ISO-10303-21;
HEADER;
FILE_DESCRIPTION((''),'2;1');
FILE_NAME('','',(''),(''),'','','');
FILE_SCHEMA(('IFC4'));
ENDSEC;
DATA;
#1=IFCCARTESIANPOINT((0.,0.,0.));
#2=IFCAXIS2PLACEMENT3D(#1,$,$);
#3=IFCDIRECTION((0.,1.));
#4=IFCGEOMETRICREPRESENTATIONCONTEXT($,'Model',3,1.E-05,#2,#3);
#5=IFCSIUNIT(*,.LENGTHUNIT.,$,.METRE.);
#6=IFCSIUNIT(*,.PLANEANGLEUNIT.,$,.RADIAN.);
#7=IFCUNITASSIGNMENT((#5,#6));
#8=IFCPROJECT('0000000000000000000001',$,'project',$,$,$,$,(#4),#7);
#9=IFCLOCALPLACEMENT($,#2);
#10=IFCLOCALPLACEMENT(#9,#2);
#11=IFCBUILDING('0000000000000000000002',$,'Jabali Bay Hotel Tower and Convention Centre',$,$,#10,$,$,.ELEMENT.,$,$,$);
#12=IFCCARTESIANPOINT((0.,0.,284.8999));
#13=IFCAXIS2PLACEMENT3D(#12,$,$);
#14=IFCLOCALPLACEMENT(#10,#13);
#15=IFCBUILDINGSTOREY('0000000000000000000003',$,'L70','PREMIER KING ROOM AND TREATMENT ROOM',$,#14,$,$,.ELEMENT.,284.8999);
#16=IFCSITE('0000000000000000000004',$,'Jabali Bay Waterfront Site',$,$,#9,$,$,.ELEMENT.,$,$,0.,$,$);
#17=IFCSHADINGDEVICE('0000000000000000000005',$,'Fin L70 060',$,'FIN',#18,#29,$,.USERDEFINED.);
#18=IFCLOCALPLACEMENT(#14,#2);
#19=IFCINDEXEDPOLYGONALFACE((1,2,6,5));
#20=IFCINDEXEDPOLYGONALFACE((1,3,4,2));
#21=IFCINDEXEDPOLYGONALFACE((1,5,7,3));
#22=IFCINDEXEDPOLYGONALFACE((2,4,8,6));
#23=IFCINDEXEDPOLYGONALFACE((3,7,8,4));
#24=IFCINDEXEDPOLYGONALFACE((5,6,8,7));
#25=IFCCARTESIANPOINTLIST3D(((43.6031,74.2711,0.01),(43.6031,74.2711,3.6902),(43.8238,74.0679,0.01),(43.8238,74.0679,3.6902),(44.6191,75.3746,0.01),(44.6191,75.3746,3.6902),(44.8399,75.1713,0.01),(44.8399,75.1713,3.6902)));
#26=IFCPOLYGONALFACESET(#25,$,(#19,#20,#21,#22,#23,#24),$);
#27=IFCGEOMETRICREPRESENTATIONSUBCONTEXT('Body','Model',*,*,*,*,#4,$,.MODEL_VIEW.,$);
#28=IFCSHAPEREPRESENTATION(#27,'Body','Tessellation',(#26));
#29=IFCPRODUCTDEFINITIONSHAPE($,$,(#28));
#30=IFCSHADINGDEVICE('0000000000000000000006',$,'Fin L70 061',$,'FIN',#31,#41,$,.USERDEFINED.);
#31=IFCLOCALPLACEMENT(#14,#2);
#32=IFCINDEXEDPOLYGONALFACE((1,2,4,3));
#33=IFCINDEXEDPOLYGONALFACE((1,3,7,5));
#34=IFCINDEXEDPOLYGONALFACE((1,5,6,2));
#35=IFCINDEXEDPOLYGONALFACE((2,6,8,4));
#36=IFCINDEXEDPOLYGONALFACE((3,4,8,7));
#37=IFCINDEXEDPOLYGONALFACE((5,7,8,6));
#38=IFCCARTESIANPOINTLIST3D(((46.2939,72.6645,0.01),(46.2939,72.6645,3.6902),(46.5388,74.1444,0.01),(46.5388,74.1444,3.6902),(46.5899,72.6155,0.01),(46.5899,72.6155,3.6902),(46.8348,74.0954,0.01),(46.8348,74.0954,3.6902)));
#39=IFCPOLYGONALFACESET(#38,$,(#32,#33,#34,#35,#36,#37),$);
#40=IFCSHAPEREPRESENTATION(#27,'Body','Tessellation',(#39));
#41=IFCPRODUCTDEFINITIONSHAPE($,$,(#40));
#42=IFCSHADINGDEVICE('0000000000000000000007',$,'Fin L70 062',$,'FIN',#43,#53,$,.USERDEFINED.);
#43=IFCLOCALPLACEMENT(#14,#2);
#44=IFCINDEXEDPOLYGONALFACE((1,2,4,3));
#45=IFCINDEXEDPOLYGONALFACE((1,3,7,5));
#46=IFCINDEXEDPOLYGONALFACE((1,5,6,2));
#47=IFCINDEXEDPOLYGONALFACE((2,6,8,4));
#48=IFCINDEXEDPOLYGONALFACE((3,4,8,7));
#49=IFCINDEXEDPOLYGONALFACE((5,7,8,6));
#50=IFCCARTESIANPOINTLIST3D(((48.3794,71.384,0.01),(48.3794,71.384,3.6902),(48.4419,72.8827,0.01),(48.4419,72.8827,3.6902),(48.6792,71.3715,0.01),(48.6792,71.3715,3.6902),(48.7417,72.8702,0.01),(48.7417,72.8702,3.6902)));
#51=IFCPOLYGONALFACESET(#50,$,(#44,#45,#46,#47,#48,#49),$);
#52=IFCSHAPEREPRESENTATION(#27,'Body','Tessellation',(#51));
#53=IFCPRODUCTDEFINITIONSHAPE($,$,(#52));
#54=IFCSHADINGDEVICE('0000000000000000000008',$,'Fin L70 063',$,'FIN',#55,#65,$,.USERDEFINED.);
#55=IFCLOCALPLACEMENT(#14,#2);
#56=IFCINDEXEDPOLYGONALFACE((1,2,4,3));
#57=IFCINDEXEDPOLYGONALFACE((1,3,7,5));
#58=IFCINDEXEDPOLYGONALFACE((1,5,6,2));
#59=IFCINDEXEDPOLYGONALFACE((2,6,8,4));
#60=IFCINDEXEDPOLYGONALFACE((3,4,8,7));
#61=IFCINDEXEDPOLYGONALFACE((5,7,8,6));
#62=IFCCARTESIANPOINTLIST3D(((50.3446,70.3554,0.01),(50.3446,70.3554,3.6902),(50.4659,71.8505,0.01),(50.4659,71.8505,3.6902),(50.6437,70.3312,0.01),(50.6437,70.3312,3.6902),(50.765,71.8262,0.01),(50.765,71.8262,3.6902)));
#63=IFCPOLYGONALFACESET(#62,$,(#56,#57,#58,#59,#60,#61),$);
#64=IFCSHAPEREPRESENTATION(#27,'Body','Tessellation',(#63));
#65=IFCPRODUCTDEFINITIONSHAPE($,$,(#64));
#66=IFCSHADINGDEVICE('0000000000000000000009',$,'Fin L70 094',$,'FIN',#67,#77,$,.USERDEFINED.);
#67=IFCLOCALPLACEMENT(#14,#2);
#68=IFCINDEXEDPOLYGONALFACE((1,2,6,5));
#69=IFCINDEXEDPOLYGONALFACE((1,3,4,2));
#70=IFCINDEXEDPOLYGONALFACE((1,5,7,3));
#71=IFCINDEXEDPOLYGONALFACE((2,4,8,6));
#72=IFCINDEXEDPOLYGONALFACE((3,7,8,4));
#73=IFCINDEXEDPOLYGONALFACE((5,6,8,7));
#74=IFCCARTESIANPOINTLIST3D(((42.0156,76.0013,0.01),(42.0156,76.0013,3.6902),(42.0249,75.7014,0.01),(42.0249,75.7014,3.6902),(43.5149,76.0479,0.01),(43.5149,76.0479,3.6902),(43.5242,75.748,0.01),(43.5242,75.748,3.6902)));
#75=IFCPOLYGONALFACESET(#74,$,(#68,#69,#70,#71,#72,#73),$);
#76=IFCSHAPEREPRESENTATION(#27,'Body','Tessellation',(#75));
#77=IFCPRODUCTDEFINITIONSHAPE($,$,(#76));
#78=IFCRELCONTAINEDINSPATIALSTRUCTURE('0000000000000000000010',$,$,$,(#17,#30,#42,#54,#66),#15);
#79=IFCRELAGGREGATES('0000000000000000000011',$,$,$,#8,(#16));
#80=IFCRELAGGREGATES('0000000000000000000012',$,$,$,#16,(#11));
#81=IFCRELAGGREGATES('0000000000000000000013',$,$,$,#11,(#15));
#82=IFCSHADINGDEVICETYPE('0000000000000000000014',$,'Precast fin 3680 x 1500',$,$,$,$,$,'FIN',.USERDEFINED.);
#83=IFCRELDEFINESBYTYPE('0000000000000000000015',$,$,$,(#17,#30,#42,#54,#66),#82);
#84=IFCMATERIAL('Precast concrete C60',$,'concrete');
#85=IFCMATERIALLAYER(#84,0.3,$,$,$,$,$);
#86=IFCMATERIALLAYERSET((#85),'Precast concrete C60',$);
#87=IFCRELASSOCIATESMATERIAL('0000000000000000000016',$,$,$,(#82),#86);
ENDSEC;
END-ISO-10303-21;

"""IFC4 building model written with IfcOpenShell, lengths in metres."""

from ifc_helpers import new_model, si_unit, direction, frame, frame_2d, origin, place, context, subcontext, project, spatial, rectangle, extrude, material, layer, layer_set, type_object, element, save


model = new_model("IFC4")

# Units and contexts
model_context = context("Model", 3, precision=1e-05, world=origin(), true_north=direction((0.0, 1.0)))
body_context = subcontext(model_context, "Body", "Model", "MODEL_VIEW")
ifc_project = project(units=[si_unit("LENGTHUNIT", "METRE"), si_unit("PLANEANGLEUNIT", "RADIAN")], contexts=[model_context])

# Site, building, storey
site_placement = place(None, origin())
site = spatial("IfcSite", under=ifc_project, at=site_placement, Name="Jabali Bay Waterfront Site", CompositionType="ELEMENT", RefElevation=0.0)
building_placement = place(site_placement, origin())
building = spatial("IfcBuilding", under=site, at=building_placement, Name="Jabali Bay Hotel Tower and Convention Centre", CompositionType="ELEMENT")
storey_placement = place(building_placement, frame((0.0, 0.0, 284.8999)))
storey = spatial("IfcBuildingStorey", under=building, at=storey_placement, Name="L70", Description="PREMIER KING ROOM AND TREATMENT ROOM", CompositionType="ELEMENT", Elevation=284.8999)

# Shading devices
ifc_material_1 = material(Name="Precast concrete C60", Category="concrete")
ifc_layer_1 = layer(ifc_material_1, 0.3)
ifc_layer_set_1 = layer_set([ifc_layer_1], Name="Precast concrete C60")
shading_device_type_1 = type_object("IfcShadingDeviceType", Name="Precast fin 3680 x 1500", ElementType="FIN", PredefinedType="USERDEFINED", material=ifc_layer_set_1)
for number, where, z_axis, x_axis, name in (
    (1, (44.7295, 75.2729, 0.01), (0.0, 0.0, 1.0), (-0.677374, -0.735639, 0.0), "Fin L70 060"),
    (2, (46.6868, 74.1199, 0.01), (0.0, 0.0, 1.0), (-0.163238, -0.986587, 0.0), "Fin L70 061"),
    (3, (48.5918, 72.8765, 0.01), (0.0, 0.0, 1.0), (-0.041664, -0.999132, 0.0), "Fin L70 062"),
    (4, (50.6155, 71.8384, 0.01), (0.0, 0.0, 1.0), (-0.08089, -0.996723, 0.0), "Fin L70 063"),
    (5, (43.5195, 75.8979, 0.01), (0.0, 0.0, 1.0), (-0.999517, -0.031087, 0.0), "Fin L70 094"),
):
    element("IfcShadingDevice", number, at=place(storey_placement, frame(where, z_axis=z_axis, x_axis=x_axis)), inside=storey, type_object=shading_device_type_1, Name=name, ObjectType="FIN", PredefinedType="USERDEFINED", context=body_context, shape_type="SweptSolid", body=[
        extrude(rectangle(XDim=1.5, YDim=0.3, at=frame_2d((0.75, 0.0))), origin(), (0.0, 0.0, 1.0), 3.6802),
    ])

save(model, "model.ifc")
